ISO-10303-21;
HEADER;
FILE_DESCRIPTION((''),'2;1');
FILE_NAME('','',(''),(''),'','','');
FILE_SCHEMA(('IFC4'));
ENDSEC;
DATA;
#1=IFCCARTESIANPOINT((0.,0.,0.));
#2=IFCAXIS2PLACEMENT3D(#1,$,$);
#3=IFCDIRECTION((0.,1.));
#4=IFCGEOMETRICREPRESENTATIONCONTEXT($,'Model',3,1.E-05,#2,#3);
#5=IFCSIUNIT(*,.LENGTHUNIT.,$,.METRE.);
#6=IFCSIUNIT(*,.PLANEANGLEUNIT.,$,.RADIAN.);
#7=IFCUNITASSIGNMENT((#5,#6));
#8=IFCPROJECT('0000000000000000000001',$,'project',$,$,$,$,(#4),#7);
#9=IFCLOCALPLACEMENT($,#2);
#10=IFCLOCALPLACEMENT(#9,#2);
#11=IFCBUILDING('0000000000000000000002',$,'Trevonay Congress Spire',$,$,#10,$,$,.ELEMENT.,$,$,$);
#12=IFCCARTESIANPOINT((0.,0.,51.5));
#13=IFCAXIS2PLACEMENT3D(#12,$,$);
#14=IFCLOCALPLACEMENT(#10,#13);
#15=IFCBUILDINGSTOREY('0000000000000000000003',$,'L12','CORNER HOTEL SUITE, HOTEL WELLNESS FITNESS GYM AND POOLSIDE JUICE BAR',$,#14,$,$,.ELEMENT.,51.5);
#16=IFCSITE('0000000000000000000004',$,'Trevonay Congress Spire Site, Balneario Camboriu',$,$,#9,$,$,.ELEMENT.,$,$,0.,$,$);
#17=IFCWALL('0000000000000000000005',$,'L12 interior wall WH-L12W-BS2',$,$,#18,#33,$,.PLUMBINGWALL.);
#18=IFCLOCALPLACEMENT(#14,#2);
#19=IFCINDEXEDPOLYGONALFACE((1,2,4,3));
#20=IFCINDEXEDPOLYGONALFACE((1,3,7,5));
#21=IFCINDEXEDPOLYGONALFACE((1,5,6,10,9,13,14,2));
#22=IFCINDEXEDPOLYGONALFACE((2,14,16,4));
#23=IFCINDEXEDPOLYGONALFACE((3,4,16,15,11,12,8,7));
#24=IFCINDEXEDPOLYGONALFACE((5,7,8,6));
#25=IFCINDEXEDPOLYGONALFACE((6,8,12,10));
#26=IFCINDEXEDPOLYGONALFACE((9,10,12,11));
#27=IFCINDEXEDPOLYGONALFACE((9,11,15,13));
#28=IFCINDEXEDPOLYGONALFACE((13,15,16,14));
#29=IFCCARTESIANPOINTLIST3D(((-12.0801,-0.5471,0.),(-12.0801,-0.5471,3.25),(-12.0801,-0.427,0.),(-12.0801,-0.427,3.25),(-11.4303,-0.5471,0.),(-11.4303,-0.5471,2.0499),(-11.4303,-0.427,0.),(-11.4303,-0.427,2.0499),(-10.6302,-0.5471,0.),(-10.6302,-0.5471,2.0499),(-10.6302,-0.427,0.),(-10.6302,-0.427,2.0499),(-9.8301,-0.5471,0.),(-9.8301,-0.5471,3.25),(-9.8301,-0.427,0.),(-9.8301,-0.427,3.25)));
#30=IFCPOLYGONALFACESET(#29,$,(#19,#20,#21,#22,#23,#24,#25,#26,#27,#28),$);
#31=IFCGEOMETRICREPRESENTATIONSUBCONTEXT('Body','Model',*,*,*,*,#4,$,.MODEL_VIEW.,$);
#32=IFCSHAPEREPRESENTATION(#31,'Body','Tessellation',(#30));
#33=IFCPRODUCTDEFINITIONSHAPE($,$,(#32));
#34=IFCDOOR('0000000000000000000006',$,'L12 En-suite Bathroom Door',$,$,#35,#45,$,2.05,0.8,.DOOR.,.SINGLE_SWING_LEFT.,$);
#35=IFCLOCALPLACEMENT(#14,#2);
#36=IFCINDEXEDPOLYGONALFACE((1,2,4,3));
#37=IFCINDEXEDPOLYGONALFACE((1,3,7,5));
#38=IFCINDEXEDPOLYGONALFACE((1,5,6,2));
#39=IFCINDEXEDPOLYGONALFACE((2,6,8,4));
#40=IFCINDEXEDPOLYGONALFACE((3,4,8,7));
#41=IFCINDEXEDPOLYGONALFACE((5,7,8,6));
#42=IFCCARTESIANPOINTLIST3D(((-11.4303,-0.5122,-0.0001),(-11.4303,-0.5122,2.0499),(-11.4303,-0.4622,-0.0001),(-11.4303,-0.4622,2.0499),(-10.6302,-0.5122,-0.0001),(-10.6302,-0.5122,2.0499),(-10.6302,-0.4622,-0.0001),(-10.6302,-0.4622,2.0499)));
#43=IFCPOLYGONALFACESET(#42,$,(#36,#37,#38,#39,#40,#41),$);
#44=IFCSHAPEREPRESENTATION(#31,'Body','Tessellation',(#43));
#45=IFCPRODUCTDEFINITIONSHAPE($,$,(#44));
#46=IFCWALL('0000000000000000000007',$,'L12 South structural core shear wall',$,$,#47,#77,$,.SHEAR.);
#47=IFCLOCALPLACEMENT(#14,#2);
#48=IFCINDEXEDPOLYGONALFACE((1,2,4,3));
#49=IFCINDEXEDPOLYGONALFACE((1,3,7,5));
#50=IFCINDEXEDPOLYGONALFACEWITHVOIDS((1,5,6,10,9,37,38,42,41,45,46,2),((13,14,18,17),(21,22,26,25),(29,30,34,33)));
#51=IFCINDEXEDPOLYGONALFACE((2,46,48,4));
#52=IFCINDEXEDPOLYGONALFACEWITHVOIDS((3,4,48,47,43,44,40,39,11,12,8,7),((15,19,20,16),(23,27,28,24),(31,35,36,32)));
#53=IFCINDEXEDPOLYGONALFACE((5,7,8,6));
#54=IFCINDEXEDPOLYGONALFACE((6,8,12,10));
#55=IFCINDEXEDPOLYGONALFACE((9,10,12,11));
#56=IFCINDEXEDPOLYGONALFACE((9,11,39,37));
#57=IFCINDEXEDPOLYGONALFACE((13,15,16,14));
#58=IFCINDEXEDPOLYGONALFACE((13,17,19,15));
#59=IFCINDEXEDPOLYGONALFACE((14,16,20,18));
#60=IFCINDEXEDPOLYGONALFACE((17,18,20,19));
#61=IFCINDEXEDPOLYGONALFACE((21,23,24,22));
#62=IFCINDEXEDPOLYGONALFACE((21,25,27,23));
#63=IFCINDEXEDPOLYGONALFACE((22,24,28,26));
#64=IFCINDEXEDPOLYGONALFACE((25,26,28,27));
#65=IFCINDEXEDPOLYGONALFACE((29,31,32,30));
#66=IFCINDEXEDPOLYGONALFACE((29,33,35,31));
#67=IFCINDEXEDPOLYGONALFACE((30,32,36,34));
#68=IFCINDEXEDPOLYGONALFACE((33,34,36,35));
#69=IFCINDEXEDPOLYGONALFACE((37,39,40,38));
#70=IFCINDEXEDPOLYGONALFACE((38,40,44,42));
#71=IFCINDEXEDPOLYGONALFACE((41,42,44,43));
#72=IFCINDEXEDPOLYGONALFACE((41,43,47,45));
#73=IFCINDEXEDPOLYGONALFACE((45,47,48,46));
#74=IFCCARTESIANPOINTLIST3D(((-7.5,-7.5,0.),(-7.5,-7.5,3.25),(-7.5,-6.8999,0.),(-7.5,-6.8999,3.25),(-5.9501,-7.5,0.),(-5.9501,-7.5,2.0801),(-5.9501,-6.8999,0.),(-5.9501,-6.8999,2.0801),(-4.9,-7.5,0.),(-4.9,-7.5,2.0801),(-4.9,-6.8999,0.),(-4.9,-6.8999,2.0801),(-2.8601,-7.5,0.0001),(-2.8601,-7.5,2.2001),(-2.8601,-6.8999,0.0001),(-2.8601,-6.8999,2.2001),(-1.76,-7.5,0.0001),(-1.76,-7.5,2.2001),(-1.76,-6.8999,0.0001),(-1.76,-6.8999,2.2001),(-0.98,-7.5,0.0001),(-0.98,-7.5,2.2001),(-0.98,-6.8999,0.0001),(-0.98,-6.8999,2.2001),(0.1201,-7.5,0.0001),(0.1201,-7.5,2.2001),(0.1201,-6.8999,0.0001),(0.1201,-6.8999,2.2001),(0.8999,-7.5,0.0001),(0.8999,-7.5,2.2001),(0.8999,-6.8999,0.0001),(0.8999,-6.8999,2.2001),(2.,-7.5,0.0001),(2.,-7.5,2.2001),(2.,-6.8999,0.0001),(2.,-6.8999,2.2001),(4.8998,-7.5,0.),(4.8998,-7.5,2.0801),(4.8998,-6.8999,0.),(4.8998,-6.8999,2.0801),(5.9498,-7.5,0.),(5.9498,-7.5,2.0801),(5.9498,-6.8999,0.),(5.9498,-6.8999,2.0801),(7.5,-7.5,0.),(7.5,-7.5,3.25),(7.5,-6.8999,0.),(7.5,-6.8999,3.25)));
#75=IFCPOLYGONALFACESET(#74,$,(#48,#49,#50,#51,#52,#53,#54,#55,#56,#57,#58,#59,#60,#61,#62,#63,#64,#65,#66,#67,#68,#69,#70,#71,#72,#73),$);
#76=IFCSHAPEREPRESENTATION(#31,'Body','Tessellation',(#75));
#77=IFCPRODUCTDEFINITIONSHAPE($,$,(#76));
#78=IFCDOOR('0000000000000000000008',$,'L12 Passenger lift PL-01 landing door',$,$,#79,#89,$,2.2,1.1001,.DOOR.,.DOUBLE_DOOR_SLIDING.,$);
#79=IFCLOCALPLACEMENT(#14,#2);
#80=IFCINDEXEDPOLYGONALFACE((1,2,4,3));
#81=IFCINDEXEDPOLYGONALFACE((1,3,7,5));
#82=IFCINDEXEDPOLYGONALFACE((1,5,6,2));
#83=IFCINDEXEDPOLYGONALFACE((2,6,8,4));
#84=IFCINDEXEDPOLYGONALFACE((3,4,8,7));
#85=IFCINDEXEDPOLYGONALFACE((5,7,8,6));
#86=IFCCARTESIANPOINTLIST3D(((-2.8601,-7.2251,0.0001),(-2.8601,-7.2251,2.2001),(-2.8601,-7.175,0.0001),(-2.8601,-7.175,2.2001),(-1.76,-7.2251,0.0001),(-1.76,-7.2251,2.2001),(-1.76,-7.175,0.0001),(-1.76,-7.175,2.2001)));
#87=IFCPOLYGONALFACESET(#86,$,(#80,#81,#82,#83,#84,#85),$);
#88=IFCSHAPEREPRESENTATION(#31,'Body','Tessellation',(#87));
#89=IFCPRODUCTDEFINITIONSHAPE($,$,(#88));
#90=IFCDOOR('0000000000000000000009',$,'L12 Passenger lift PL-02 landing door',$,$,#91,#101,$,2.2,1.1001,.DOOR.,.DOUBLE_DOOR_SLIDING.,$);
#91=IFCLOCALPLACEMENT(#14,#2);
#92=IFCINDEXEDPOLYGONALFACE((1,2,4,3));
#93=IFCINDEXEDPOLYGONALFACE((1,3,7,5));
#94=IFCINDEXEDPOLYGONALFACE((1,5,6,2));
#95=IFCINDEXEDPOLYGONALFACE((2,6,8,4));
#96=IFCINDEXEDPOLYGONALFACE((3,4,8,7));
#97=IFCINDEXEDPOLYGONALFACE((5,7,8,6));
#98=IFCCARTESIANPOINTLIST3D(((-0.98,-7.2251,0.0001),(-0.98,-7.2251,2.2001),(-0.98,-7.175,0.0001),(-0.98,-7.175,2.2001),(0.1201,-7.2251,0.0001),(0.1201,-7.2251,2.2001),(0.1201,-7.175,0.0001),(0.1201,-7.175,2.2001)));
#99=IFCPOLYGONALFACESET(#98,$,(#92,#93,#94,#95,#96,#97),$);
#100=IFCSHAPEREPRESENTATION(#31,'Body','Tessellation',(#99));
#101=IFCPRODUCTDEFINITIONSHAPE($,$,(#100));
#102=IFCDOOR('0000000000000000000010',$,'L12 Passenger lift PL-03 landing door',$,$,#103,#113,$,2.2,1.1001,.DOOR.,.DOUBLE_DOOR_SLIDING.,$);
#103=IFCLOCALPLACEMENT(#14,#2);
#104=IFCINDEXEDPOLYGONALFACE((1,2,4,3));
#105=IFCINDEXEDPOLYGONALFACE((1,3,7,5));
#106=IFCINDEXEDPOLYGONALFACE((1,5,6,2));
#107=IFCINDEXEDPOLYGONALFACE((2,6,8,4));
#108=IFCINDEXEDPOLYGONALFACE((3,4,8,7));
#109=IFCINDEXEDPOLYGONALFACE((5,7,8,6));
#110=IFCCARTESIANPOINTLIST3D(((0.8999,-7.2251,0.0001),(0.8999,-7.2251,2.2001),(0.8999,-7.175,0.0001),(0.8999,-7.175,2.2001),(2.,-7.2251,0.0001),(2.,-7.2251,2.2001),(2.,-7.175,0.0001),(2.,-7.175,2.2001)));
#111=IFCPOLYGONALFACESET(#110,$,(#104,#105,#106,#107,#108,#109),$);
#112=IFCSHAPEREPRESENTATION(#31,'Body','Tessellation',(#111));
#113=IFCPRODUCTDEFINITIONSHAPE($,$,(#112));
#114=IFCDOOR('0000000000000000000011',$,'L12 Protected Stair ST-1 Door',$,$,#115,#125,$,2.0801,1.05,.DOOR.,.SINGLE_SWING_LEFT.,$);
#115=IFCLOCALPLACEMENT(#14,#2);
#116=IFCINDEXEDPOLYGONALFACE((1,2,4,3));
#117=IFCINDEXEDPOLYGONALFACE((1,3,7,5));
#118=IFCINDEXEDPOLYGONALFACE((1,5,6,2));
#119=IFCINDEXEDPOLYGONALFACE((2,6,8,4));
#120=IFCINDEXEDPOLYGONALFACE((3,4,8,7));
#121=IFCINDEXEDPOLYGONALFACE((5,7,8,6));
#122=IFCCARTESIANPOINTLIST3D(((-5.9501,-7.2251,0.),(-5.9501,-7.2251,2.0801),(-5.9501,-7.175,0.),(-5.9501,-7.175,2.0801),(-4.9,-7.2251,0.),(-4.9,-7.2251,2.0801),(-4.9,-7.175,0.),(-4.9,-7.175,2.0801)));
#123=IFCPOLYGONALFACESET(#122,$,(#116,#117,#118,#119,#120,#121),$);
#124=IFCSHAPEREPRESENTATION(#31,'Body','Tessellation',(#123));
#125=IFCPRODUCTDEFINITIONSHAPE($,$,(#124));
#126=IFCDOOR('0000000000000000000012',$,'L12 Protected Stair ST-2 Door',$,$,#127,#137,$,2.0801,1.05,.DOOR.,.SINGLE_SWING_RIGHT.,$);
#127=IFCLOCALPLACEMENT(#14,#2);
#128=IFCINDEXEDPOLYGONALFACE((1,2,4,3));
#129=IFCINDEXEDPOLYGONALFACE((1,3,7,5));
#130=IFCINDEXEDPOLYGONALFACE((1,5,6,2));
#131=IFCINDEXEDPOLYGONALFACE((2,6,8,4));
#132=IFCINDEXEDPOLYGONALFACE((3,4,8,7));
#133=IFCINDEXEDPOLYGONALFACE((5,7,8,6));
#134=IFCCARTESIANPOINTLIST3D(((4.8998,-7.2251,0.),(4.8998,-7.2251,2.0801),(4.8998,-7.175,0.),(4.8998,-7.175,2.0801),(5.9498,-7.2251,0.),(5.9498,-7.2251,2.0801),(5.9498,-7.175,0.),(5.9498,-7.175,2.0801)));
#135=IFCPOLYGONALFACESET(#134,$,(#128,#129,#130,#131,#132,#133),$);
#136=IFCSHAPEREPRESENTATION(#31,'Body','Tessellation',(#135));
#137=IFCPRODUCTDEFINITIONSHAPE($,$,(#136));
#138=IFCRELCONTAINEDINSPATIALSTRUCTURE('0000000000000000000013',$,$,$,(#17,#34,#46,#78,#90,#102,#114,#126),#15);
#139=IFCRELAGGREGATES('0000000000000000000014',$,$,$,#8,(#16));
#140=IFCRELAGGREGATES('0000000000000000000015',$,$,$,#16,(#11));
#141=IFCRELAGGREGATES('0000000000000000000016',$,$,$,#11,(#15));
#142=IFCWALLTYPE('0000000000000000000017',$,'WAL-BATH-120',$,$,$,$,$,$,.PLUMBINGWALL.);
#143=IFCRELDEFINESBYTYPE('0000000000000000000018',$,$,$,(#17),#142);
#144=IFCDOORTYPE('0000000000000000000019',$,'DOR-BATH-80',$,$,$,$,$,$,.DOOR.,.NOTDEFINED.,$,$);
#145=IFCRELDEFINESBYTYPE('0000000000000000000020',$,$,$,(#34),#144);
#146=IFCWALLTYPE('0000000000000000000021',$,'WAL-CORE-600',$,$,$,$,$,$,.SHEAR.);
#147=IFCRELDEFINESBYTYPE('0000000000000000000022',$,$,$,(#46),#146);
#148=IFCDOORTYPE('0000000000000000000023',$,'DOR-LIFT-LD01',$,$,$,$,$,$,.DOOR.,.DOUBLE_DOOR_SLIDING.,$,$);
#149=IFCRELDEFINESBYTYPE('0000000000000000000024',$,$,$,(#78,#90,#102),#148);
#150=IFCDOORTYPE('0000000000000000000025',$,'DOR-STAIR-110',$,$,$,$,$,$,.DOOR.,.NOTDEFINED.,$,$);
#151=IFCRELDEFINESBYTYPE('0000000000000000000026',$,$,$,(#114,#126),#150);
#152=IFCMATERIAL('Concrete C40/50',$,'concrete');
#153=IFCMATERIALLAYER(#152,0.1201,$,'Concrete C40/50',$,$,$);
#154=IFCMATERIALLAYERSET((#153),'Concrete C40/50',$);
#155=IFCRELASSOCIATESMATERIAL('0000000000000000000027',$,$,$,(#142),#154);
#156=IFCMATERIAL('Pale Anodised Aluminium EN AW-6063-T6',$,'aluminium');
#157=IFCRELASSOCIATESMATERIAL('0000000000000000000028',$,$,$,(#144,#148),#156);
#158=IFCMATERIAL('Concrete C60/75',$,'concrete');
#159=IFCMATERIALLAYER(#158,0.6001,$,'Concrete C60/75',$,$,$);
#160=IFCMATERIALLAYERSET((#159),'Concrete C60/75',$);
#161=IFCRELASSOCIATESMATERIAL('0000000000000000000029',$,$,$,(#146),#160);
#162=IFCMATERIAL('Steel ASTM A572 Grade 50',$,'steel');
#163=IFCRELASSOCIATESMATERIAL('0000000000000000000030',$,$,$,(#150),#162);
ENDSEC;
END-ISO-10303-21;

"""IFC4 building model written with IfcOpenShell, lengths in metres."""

from ifc_helpers import new_model, si_unit, direction, frame, frame_2d, origin, place, context, subcontext, project, spatial, rectangle, extrude, material, layer, layer_set, type_object, element, fill, save


model = new_model("IFC4")

# Units and contexts
model_context = context("Model", 3, precision=1e-05, world=origin(), true_north=direction((0.0, 1.0)))
body_context = subcontext(model_context, "Body", "Model", "MODEL_VIEW")
ifc_project = project(units=[si_unit("LENGTHUNIT", "METRE"), si_unit("PLANEANGLEUNIT", "RADIAN")], contexts=[model_context])

# Site, building, storey
site_placement = place(None, origin())
site = spatial("IfcSite", under=ifc_project, at=site_placement, Name="Trevonay Congress Spire Site, Balneario Camboriu", CompositionType="ELEMENT", RefElevation=0.0)
building_placement = place(site_placement, origin())
building = spatial("IfcBuilding", under=site, at=building_placement, Name="Trevonay Congress Spire", CompositionType="ELEMENT")
storey_placement = place(building_placement, frame((0.0, 0.0, 51.5)))
storey = spatial("IfcBuildingStorey", under=building, at=storey_placement, Name="L12", Description="CORNER HOTEL SUITE, HOTEL WELLNESS FITNESS GYM AND POOLSIDE JUICE BAR", CompositionType="ELEMENT", Elevation=51.5)

# Shared definitions
ifc_material_1 = material(Name="Steel ASTM A572 Grade 50", Category="steel")

# Wall, opening, door
ifc_material_2 = material(Name="Concrete C40/50", Category="concrete")
ifc_layer_1 = layer(ifc_material_2, 0.1201, Name="Concrete C40/50")
ifc_layer_set_1 = layer_set([ifc_layer_1], Name="Concrete C40/50")
wall_type_1 = type_object("IfcWallType", Name="WAL-BATH-120", PredefinedType="PLUMBINGWALL", material=ifc_layer_set_1)
wall_1_placement = place(storey_placement, frame((-12.0801, -0.4871, 0.0), z_axis=(0.0, 0.0, 1.0), x_axis=(1.0, 0.0, 0.0)))
wall_1 = element("IfcWall", 1, at=wall_1_placement, inside=storey, type_object=wall_type_1, Name="L12 interior wall WH-L12W-BS2", PredefinedType="PLUMBINGWALL", context=body_context, shape_type="SweptSolid", body=[
    extrude(rectangle(XDim=2.25, YDim=0.1201, at=frame_2d((1.125, 0.0))), origin(), (0.0, 0.0, 1.0), 3.25),
])
opening_1_placement = place(wall_1_placement, frame((0.6499, 0.0, 0.0)))
opening_1 = element("IfcOpeningElement", 2, at=opening_1_placement, cuts=wall_1, PredefinedType="OPENING", context=body_context, shape_type="SweptSolid", body=[
    extrude(rectangle(XDim=0.8, YDim=2.05, at=frame_2d((0.3999, 1.0249))), frame((0.0, 0.0701, 0.0), z_axis=(0.0, -1.0, 0.0), x_axis=(1.0, 0.0, 0.0)), (0.0, 0.0, 1.0), 0.1401),
])
ifc_material_3 = material(Name="Pale Anodised Aluminium EN AW-6063-T6", Category="aluminium")
door_type_1 = type_object("IfcDoorType", Name="DOR-BATH-80", OperationType="NOTDEFINED", PredefinedType="DOOR", material=ifc_material_3)
door_1_placement = place(opening_1_placement, origin())
door_1 = element("IfcDoor", 3, at=door_1_placement, inside=storey, type_object=door_type_1, Name="L12 En-suite Bathroom Door", OperationType="SINGLE_SWING_LEFT", OverallHeight=2.05, OverallWidth=0.8, PredefinedType="DOOR", context=body_context, shape_type="SweptSolid", body=[
    extrude(rectangle(XDim=0.8, YDim=2.05, at=frame_2d((0.3999, 1.0249))), frame((0.0, 0.0249, 0.0), z_axis=(0.0, -1.0, 0.0), x_axis=(1.0, 0.0, 0.0)), (0.0, 0.0, 1.0), 0.05),
])
fill(opening_1, door_1)

# Wall, openings, doors
ifc_material_4 = material(Name="Concrete C60/75", Category="concrete")
ifc_layer_2 = layer(ifc_material_4, 0.6001, Name="Concrete C60/75")
ifc_layer_set_2 = layer_set([ifc_layer_2], Name="Concrete C60/75")
wall_type_2 = type_object("IfcWallType", Name="WAL-CORE-600", PredefinedType="SHEAR", material=ifc_layer_set_2)
wall_2_placement = place(storey_placement, frame((-7.5, -7.2, 0.0), z_axis=(0.0, 0.0, 1.0), x_axis=(1.0, 0.0, 0.0)))
wall_2 = element("IfcWall", 4, at=wall_2_placement, inside=storey, type_object=wall_type_2, Name="L12 South structural core shear wall", PredefinedType="SHEAR", context=body_context, shape_type="SweptSolid", body=[
    extrude(rectangle(XDim=15.0, YDim=0.6001, at=frame_2d((7.5, 0.0))), origin(), (0.0, 0.0, 1.0), 3.25),
])
opening_2_placement = place(wall_2_placement, frame((1.55, 0.0, 0.0)))
opening_2 = element("IfcOpeningElement", 5, at=opening_2_placement, cuts=wall_2, PredefinedType="OPENING", context=body_context, shape_type="SweptSolid", body=[
    extrude(rectangle(XDim=1.05, YDim=2.0801, at=frame_2d((0.5249, 1.04))), frame((0.0, 0.3101, 0.0), z_axis=(0.0, -1.0, 0.0), x_axis=(1.0, 0.0, 0.0)), (0.0, 0.0, 1.0), 0.6201),
])
opening_3_placement = place(wall_2_placement, frame((12.3999, 0.0, 0.0)))
opening_3 = element("IfcOpeningElement", 6, at=opening_3_placement, cuts=wall_2, PredefinedType="OPENING", context=body_context, shape_type="SweptSolid", body=[
    extrude(rectangle(XDim=1.05, YDim=2.0801, at=frame_2d((0.5249, 1.04))), frame((0.0, 0.3101, 0.0), z_axis=(0.0, -1.0, 0.0), x_axis=(1.0, 0.0, 0.0)), (0.0, 0.0, 1.0), 0.6201),
])
opening_4_placement = place(wall_2_placement, frame((4.6399, 0.0, 0.0)))
opening_4 = element("IfcOpeningElement", 7, at=opening_4_placement, cuts=wall_2, PredefinedType="OPENING", context=body_context, shape_type="SweptSolid", body=[
    extrude(rectangle(XDim=1.1001, YDim=2.2, at=frame_2d((0.55, 1.1001))), frame((0.0, 0.3101, 0.0), z_axis=(0.0, -1.0, 0.0), x_axis=(1.0, 0.0, 0.0)), (0.0, 0.0, 1.0), 0.6201),
])
opening_5_placement = place(wall_2_placement, frame((6.52, 0.0, 0.0)))
opening_5 = element("IfcOpeningElement", 8, at=opening_5_placement, cuts=wall_2, PredefinedType="OPENING", context=body_context, shape_type="SweptSolid", body=[
    extrude(rectangle(XDim=1.1001, YDim=2.2, at=frame_2d((0.55, 1.1001))), frame((0.0, 0.3101, 0.0), z_axis=(0.0, -1.0, 0.0), x_axis=(1.0, 0.0, 0.0)), (0.0, 0.0, 1.0), 0.6201),
])
opening_6_placement = place(wall_2_placement, frame((8.3999, 0.0, 0.0)))
opening_6 = element("IfcOpeningElement", 9, at=opening_6_placement, cuts=wall_2, PredefinedType="OPENING", context=body_context, shape_type="SweptSolid", body=[
    extrude(rectangle(XDim=1.1001, YDim=2.2, at=frame_2d((0.55, 1.1001))), frame((0.0, 0.3101, 0.0), z_axis=(0.0, -1.0, 0.0), x_axis=(1.0, 0.0, 0.0)), (0.0, 0.0, 1.0), 0.6201),
])
door_type_2 = type_object("IfcDoorType", Name="DOR-LIFT-LD01", OperationType="DOUBLE_DOOR_SLIDING", PredefinedType="DOOR", material=ifc_material_3)
door_2_placement = place(opening_4_placement, origin())
door_2 = element("IfcDoor", 10, at=door_2_placement, inside=storey, type_object=door_type_2, Name="L12 Passenger lift PL-01 landing door", OperationType="DOUBLE_DOOR_SLIDING", OverallHeight=2.2, OverallWidth=1.1001, PredefinedType="DOOR", context=body_context, shape_type="SweptSolid", body=[
    extrude(rectangle(XDim=1.1001, YDim=2.2, at=frame_2d((0.55, 1.1001))), frame((0.0, 0.0249, 0.0), z_axis=(0.0, -1.0, 0.0), x_axis=(1.0, 0.0, 0.0)), (0.0, 0.0, 1.0), 0.05),
])
fill(opening_4, door_2)
door_3_placement = place(opening_5_placement, origin())
door_3 = element("IfcDoor", 11, at=door_3_placement, inside=storey, type_object=door_type_2, Name="L12 Passenger lift PL-02 landing door", OperationType="DOUBLE_DOOR_SLIDING", OverallHeight=2.2, OverallWidth=1.1001, PredefinedType="DOOR", context=body_context, shape_type="SweptSolid", body=[
    extrude(rectangle(XDim=1.1001, YDim=2.2, at=frame_2d((0.55, 1.1001))), frame((0.0, 0.0249, 0.0), z_axis=(0.0, -1.0, 0.0), x_axis=(1.0, 0.0, 0.0)), (0.0, 0.0, 1.0), 0.05),
])
fill(opening_5, door_3)
door_4_placement = place(opening_6_placement, origin())
door_4 = element("IfcDoor", 12, at=door_4_placement, inside=storey, type_object=door_type_2, Name="L12 Passenger lift PL-03 landing door", OperationType="DOUBLE_DOOR_SLIDING", OverallHeight=2.2, OverallWidth=1.1001, PredefinedType="DOOR", context=body_context, shape_type="SweptSolid", body=[
    extrude(rectangle(XDim=1.1001, YDim=2.2, at=frame_2d((0.55, 1.1001))), frame((0.0, 0.0249, 0.0), z_axis=(0.0, -1.0, 0.0), x_axis=(1.0, 0.0, 0.0)), (0.0, 0.0, 1.0), 0.05),
])
fill(opening_6, door_4)
door_type_3 = type_object("IfcDoorType", Name="DOR-STAIR-110", OperationType="NOTDEFINED", PredefinedType="DOOR", material=ifc_material_1)
door_5_placement = place(opening_2_placement, origin())
door_5 = element("IfcDoor", 13, at=door_5_placement, inside=storey, type_object=door_type_3, Name="L12 Protected Stair ST-1 Door", OperationType="SINGLE_SWING_LEFT", OverallHeight=2.0801, OverallWidth=1.05, PredefinedType="DOOR", context=body_context, shape_type="SweptSolid", body=[
    extrude(rectangle(XDim=1.05, YDim=2.0801, at=frame_2d((0.5249, 1.04))), frame((0.0, 0.0249, 0.0), z_axis=(0.0, -1.0, 0.0), x_axis=(1.0, 0.0, 0.0)), (0.0, 0.0, 1.0), 0.05),
])
fill(opening_2, door_5)
door_6_placement = place(opening_3_placement, origin())
door_6 = element("IfcDoor", 14, at=door_6_placement, inside=storey, type_object=door_type_3, Name="L12 Protected Stair ST-2 Door", OperationType="SINGLE_SWING_RIGHT", OverallHeight=2.0801, OverallWidth=1.05, PredefinedType="DOOR", context=body_context, shape_type="SweptSolid", body=[
    extrude(rectangle(XDim=1.05, YDim=2.0801, at=frame_2d((0.5249, 1.04))), frame((0.0, 0.0249, 0.0), z_axis=(0.0, -1.0, 0.0), x_axis=(1.0, 0.0, 0.0)), (0.0, 0.0, 1.0), 0.05),
])
fill(opening_3, door_6)

save(model, "model.ifc")
